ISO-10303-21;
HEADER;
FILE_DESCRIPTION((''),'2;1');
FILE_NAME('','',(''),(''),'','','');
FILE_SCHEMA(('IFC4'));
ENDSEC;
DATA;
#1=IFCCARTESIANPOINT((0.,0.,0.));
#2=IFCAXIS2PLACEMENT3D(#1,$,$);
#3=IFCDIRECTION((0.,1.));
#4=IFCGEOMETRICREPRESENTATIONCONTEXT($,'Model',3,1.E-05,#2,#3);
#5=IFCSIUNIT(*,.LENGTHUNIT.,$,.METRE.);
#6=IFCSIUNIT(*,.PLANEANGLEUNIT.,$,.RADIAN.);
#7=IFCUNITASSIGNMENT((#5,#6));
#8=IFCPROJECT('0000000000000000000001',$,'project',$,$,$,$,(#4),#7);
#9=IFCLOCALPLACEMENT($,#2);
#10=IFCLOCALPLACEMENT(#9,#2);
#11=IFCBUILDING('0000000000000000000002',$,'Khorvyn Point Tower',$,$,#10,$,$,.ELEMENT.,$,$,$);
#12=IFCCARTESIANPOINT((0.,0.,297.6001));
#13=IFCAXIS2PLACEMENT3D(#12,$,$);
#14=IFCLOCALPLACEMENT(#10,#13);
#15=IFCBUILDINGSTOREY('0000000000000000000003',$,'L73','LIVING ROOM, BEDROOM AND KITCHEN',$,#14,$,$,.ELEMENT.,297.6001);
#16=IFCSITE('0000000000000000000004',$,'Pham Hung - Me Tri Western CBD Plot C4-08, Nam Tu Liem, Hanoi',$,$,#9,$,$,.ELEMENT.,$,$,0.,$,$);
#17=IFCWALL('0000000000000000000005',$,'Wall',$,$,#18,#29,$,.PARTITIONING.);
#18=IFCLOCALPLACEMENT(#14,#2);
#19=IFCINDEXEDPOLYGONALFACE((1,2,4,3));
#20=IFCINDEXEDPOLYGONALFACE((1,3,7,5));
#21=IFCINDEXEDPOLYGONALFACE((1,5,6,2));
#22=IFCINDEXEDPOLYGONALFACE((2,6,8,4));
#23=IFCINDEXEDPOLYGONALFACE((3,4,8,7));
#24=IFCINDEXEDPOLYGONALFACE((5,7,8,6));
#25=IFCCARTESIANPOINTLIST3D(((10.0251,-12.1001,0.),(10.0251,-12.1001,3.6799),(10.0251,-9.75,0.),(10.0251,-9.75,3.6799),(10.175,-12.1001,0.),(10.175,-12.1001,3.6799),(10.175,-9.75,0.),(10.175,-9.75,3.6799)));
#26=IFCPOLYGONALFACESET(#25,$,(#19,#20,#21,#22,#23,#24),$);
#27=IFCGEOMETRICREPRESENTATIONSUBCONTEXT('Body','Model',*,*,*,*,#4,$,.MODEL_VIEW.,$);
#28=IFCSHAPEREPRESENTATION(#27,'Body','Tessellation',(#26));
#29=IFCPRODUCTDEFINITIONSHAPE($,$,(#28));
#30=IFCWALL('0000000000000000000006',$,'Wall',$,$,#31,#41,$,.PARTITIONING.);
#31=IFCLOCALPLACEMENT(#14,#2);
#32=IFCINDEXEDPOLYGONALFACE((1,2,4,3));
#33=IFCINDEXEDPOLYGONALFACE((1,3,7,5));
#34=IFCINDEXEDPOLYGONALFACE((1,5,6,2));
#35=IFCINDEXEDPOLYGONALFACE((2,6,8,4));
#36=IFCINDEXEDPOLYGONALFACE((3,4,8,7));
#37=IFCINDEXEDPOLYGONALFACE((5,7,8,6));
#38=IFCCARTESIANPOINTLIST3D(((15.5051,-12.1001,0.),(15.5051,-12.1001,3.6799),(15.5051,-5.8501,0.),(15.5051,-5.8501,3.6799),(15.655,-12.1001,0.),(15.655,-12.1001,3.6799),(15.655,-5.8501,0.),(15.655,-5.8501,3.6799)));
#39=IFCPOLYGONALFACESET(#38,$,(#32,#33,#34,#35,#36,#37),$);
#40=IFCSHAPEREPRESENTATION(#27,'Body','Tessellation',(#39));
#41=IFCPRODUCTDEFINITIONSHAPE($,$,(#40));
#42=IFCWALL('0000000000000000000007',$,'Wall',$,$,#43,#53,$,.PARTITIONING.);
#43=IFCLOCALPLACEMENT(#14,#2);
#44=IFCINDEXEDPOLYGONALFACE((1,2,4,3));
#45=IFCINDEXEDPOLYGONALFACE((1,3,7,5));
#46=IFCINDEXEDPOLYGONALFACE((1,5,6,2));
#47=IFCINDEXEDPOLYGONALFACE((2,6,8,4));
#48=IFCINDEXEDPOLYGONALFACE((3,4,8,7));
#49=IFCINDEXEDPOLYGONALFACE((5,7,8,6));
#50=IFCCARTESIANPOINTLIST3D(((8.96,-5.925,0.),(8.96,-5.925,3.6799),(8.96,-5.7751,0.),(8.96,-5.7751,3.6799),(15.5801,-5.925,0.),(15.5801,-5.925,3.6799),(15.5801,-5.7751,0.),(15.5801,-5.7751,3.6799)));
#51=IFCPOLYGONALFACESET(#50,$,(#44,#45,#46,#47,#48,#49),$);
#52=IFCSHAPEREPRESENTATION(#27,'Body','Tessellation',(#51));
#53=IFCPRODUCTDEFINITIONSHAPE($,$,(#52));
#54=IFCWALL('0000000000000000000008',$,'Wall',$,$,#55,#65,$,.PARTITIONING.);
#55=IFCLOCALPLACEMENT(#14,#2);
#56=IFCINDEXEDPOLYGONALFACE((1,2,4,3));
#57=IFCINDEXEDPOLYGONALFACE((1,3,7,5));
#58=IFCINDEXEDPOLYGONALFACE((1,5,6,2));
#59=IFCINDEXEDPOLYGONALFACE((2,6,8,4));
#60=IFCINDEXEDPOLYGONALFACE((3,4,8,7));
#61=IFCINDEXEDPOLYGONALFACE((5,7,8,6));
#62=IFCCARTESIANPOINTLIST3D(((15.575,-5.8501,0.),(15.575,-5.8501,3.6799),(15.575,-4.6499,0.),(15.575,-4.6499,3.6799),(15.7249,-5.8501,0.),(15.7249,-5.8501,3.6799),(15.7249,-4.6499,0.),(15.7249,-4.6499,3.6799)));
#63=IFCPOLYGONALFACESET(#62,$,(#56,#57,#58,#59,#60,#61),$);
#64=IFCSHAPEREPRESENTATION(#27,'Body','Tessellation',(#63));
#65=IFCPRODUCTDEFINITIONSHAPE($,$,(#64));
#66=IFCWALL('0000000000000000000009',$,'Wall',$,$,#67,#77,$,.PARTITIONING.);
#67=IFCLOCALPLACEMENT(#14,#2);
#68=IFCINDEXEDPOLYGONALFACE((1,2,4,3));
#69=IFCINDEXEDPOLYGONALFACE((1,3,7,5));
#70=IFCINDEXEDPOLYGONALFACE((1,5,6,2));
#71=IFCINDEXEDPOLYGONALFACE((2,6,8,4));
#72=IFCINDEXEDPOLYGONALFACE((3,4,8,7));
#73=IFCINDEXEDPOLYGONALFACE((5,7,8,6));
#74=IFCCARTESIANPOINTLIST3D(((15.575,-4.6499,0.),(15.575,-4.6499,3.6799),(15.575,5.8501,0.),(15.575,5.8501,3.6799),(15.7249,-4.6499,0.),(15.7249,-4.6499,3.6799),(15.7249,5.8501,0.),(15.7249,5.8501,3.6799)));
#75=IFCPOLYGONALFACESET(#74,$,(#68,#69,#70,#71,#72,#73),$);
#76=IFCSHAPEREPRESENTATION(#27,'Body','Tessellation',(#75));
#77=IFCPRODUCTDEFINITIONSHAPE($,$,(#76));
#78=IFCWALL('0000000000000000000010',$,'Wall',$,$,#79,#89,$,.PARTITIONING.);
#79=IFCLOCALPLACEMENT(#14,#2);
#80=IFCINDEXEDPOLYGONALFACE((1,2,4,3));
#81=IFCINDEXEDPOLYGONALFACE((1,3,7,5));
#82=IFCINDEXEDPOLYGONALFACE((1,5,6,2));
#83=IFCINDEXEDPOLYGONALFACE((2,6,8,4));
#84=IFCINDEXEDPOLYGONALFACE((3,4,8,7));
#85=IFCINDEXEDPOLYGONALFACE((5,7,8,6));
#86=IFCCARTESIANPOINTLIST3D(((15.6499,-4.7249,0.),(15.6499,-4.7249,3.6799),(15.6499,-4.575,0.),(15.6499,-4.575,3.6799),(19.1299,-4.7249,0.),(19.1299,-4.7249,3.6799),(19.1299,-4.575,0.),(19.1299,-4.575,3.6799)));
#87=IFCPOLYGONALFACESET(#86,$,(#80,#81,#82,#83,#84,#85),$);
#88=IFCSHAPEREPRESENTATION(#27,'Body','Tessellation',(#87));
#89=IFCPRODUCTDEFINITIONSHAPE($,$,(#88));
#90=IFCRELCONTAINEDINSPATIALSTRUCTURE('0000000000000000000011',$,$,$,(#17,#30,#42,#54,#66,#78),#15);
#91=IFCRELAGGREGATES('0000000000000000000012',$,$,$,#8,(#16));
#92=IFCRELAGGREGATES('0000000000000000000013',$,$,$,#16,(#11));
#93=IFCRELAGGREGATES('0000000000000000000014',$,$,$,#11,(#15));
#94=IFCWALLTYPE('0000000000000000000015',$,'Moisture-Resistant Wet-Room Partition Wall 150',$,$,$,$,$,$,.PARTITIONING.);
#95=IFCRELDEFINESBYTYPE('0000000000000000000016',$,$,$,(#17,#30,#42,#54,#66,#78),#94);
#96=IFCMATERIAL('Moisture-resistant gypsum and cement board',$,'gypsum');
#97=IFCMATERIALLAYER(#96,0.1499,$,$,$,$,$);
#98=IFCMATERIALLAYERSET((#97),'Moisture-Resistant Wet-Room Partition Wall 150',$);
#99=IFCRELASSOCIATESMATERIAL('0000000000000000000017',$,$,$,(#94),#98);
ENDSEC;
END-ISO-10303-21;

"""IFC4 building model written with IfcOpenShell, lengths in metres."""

from ifc_helpers import new_model, si_unit, direction, frame, frame_2d, origin, place, context, subcontext, project, spatial, rectangle, extrude, material, layer, layer_set, type_object, element, save


model = new_model("IFC4")

# Units and contexts
model_context = context("Model", 3, precision=1e-05, world=origin(), true_north=direction((0.0, 1.0)))
body_context = subcontext(model_context, "Body", "Model", "MODEL_VIEW")
ifc_project = project(units=[si_unit("LENGTHUNIT", "METRE"), si_unit("PLANEANGLEUNIT", "RADIAN")], contexts=[model_context])

# Site, building, storey
site_placement = place(None, origin())
site = spatial("IfcSite", under=ifc_project, at=site_placement, Name="Pham Hung - Me Tri Western CBD Plot C4-08, Nam Tu Liem, Hanoi", CompositionType="ELEMENT", RefElevation=0.0)
building_placement = place(site_placement, origin())
building = spatial("IfcBuilding", under=site, at=building_placement, Name="Khorvyn Point Tower", CompositionType="ELEMENT")
storey_placement = place(building_placement, frame((0.0, 0.0, 297.6001)))
storey = spatial("IfcBuildingStorey", under=building, at=storey_placement, Name="L73", Description="LIVING ROOM, BEDROOM AND KITCHEN", CompositionType="ELEMENT", Elevation=297.6001)

# Shared definitions
ifc_material_1 = material(Name="Moisture-resistant gypsum and cement board", Category="gypsum")
ifc_layer_1 = layer(ifc_material_1, 0.1499)
ifc_layer_set_1 = layer_set([ifc_layer_1], Name="Moisture-Resistant Wet-Room Partition Wall 150")
wall_type_1 = type_object("IfcWallType", Name="Moisture-Resistant Wet-Room Partition Wall 150", PredefinedType="PARTITIONING", material=ifc_layer_set_1)

# Walls
wall_1_placement = place(storey_placement, frame((10.1001, -12.1001, 0.0), z_axis=(0.0, 0.0, 1.0), x_axis=(0.0, 1.0, 0.0)))
element("IfcWall", 1, at=wall_1_placement, inside=storey, type_object=wall_type_1, Name="Wall", PredefinedType="PARTITIONING", context=body_context, shape_type="SweptSolid", body=[
    extrude(rectangle(XDim=2.3501, YDim=0.1499, at=frame_2d((1.175, 0.0))), origin(), (0.0, 0.0, 1.0), 3.6799),
])
wall_2_placement = place(storey_placement, frame((15.5801, -12.1001, 0.0), z_axis=(0.0, 0.0, 1.0), x_axis=(0.0, 1.0, 0.0)))
element("IfcWall", 2, at=wall_2_placement, inside=storey, type_object=wall_type_1, Name="Wall", PredefinedType="PARTITIONING", context=body_context, shape_type="SweptSolid", body=[
    extrude(rectangle(XDim=6.25, YDim=0.1499, at=frame_2d((3.125, 0.0))), origin(), (0.0, 0.0, 1.0), 3.6799),
])
wall_3_placement = place(storey_placement, frame((8.96, -5.8501, 0.0), z_axis=(0.0, 0.0, 1.0), x_axis=(1.0, 0.0, 0.0)))
element("IfcWall", 3, at=wall_3_placement, inside=storey, type_object=wall_type_1, Name="Wall", PredefinedType="PARTITIONING", context=body_context, shape_type="SweptSolid", body=[
    extrude(rectangle(XDim=6.6201, YDim=0.1499, at=frame_2d((3.3101, 0.0))), origin(), (0.0, 0.0, 1.0), 3.6799),
])
wall_4_placement = place(storey_placement, frame((15.6499, -5.8501, 0.0), z_axis=(0.0, 0.0, 1.0), x_axis=(0.0, 1.0, 0.0)))
element("IfcWall", 4, at=wall_4_placement, inside=storey, type_object=wall_type_1, Name="Wall", PredefinedType="PARTITIONING", context=body_context, shape_type="SweptSolid", body=[
    extrude(rectangle(XDim=1.2002, YDim=0.1499, at=frame_2d((0.6001, 0.0))), origin(), (0.0, 0.0, 1.0), 3.6799),
])
wall_5_placement = place(storey_placement, frame((15.6499, -4.6499, 0.0), z_axis=(0.0, 0.0, 1.0), x_axis=(0.0, 1.0, 0.0)))
element("IfcWall", 5, at=wall_5_placement, inside=storey, type_object=wall_type_1, Name="Wall", PredefinedType="PARTITIONING", context=body_context, shape_type="SweptSolid", body=[
    extrude(rectangle(XDim=10.5, YDim=0.1499, at=frame_2d((5.25, 0.0))), origin(), (0.0, 0.0, 1.0), 3.6799),
])
wall_6_placement = place(storey_placement, frame((15.6499, -4.6499, 0.0), z_axis=(0.0, 0.0, 1.0), x_axis=(1.0, 0.0, 0.0)))
element("IfcWall", 6, at=wall_6_placement, inside=storey, type_object=wall_type_1, Name="Wall", PredefinedType="PARTITIONING", context=body_context, shape_type="SweptSolid", body=[
    extrude(rectangle(XDim=3.48, YDim=0.1499, at=frame_2d((1.74, 0.0))), origin(), (0.0, 0.0, 1.0), 3.6799),
])

save(model, "model.ifc")
